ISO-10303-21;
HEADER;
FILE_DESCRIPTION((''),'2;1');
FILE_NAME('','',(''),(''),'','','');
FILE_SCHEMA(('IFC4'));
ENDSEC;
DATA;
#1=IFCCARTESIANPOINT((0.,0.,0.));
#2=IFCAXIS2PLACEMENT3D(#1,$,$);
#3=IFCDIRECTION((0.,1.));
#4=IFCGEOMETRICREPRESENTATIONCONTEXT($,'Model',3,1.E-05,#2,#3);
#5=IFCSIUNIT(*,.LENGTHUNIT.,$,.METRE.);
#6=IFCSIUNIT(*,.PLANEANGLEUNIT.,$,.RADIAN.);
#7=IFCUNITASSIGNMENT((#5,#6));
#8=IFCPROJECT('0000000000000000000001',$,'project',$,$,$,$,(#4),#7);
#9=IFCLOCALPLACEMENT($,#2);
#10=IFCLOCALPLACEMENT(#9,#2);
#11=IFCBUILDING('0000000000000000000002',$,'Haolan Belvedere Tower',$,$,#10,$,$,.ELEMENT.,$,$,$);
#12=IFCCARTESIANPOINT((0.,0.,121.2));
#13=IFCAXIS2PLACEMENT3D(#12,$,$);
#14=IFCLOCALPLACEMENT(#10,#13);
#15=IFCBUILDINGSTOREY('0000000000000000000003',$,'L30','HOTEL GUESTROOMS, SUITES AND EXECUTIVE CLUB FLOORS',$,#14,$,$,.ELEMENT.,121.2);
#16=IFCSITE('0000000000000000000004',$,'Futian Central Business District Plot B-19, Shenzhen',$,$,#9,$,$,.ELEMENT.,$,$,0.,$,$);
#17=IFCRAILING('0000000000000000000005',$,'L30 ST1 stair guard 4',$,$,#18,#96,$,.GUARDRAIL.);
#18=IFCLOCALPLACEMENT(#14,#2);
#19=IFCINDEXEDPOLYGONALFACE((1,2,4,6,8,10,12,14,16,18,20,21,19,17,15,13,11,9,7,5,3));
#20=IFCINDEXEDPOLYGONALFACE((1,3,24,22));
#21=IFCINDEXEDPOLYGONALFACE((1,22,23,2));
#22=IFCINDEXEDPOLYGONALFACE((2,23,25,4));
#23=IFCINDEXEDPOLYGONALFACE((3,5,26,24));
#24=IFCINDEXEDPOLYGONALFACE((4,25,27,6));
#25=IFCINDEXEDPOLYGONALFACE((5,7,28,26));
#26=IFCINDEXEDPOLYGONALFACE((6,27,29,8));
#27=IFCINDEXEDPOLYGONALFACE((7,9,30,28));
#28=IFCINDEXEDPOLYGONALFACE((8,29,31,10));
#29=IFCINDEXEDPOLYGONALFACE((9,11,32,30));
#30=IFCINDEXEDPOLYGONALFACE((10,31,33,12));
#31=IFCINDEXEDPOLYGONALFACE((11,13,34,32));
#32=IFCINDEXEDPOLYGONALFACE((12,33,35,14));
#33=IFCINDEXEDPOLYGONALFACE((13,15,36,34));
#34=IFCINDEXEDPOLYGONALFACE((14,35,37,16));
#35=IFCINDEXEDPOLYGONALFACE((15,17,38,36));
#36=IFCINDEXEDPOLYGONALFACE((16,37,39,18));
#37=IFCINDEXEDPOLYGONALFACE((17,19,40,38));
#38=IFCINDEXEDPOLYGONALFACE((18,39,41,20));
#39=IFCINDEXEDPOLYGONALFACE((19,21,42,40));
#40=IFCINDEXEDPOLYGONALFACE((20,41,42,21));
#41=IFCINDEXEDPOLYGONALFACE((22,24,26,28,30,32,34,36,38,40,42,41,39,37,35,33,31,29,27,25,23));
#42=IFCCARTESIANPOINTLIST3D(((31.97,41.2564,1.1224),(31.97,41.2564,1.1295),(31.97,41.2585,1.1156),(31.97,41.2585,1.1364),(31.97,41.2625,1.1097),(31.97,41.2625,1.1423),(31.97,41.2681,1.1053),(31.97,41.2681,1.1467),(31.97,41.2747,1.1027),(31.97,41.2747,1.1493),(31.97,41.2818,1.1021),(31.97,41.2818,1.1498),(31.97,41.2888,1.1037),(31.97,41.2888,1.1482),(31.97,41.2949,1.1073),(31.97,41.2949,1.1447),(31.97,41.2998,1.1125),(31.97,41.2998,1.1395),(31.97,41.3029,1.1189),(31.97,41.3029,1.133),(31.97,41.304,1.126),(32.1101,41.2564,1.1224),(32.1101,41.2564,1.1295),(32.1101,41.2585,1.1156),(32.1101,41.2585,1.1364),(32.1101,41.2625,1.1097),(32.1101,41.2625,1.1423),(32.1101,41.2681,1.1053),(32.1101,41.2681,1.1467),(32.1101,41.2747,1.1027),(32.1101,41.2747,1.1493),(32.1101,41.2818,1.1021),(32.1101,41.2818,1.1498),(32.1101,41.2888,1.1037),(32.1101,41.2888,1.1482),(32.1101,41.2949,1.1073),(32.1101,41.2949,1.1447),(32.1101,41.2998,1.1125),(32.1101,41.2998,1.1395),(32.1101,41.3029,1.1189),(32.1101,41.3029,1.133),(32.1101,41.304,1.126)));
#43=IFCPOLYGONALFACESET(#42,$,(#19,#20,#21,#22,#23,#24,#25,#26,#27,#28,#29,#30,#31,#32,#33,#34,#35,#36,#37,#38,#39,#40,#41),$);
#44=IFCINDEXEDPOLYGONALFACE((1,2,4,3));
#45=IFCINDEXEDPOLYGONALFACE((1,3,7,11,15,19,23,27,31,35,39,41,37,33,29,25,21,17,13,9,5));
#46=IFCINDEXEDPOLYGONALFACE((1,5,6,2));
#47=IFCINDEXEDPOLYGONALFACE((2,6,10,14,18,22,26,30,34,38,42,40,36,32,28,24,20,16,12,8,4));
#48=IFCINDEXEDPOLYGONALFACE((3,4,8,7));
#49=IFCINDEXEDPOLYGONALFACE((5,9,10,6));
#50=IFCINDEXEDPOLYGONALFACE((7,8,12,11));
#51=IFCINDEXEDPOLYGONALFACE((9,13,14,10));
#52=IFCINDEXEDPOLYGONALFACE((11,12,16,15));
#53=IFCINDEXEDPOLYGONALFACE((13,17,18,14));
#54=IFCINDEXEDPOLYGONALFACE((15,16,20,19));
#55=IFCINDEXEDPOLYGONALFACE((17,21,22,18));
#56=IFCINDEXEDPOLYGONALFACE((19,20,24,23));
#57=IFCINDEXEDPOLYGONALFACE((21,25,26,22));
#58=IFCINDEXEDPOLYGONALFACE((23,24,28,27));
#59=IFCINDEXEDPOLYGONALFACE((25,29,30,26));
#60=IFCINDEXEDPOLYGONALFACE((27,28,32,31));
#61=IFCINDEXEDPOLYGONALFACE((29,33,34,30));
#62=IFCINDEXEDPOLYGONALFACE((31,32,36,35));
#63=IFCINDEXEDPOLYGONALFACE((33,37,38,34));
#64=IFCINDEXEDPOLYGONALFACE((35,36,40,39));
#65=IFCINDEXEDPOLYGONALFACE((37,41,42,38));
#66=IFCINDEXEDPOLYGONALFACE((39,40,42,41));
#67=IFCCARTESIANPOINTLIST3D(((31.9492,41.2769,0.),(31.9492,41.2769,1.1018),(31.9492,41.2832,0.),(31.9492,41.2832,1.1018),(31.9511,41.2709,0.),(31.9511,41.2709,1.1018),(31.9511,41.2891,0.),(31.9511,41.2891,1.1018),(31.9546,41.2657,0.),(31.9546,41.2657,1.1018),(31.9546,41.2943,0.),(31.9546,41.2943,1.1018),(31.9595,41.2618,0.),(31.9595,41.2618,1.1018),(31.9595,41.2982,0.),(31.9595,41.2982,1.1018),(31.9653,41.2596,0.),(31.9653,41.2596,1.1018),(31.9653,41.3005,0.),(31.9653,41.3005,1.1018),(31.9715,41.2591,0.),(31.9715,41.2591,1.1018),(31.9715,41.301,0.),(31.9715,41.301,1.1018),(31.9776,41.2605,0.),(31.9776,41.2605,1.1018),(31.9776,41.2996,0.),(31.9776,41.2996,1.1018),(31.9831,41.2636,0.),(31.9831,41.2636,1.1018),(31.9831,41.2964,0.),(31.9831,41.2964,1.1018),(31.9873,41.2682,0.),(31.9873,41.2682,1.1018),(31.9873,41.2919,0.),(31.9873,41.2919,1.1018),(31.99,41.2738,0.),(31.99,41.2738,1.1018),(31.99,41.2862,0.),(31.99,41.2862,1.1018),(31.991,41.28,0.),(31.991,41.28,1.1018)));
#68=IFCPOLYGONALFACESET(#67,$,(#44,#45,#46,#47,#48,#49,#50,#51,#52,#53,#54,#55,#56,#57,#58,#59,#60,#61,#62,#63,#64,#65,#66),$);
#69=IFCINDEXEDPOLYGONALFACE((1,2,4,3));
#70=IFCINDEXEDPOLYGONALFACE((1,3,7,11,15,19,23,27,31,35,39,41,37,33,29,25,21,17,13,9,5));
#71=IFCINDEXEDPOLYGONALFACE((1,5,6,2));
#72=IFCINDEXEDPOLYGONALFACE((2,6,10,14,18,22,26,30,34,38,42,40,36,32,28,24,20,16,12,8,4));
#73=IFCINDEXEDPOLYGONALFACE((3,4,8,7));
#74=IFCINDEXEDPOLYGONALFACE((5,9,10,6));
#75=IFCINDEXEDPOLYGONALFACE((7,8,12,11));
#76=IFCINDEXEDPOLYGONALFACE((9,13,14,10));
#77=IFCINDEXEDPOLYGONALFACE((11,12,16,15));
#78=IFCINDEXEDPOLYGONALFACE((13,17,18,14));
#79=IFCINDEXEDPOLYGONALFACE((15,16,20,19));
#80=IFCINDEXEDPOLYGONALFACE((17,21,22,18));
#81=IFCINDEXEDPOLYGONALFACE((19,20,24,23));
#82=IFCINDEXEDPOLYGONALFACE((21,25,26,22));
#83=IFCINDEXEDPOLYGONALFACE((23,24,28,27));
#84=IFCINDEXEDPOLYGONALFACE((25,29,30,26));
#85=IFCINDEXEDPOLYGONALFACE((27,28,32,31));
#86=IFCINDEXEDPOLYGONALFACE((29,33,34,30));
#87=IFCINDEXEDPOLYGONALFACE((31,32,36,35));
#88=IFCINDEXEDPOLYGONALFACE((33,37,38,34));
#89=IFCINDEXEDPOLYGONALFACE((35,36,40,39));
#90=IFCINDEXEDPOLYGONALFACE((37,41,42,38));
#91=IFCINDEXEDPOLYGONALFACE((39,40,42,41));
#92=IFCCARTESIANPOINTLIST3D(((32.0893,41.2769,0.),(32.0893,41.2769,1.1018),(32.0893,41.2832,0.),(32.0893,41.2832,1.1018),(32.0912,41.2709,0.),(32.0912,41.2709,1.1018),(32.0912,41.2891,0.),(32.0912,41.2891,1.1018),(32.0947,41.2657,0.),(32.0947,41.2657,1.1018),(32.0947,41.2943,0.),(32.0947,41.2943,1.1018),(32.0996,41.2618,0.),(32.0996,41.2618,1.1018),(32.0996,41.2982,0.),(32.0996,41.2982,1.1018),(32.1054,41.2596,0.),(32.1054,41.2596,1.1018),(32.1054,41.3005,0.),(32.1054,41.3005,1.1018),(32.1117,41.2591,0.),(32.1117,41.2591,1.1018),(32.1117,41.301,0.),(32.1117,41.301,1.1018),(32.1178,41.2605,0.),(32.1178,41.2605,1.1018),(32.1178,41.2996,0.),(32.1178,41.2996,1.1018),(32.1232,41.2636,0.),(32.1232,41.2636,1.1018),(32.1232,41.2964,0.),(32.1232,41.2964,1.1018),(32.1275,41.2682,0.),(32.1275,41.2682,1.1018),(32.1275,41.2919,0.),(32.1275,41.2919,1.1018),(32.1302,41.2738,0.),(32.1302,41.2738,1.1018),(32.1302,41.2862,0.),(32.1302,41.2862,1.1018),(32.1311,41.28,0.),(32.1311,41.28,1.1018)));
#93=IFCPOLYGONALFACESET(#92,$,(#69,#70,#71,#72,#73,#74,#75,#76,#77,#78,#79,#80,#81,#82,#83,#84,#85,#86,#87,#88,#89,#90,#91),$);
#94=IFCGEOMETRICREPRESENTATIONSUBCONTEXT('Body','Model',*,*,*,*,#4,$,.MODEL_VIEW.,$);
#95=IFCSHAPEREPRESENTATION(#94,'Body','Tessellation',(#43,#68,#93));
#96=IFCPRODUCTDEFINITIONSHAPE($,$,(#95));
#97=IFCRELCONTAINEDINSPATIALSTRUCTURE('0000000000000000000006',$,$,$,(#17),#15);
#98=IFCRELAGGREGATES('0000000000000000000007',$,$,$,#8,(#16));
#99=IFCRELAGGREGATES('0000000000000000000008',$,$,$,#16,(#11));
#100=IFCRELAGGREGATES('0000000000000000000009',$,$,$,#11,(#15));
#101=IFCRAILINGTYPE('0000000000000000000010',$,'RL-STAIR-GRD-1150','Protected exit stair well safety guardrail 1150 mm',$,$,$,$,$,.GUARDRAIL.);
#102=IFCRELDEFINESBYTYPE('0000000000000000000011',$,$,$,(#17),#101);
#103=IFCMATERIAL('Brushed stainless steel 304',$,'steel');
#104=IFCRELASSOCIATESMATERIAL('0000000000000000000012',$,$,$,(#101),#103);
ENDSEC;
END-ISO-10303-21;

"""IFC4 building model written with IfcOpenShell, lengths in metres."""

from ifc_helpers import new_model, si_unit, direction, frame, origin, origin_2d, place, context, subcontext, project, spatial, circle, extrude, material, type_object, element, save


model = new_model("IFC4")

# Units and contexts
model_context = context("Model", 3, precision=1e-05, world=origin(), true_north=direction((0.0, 1.0)))
body_context = subcontext(model_context, "Body", "Model", "MODEL_VIEW")
ifc_project = project(units=[si_unit("LENGTHUNIT", "METRE"), si_unit("PLANEANGLEUNIT", "RADIAN")], contexts=[model_context])

# Site, building, storey
site_placement = place(None, origin())
site = spatial("IfcSite", under=ifc_project, at=site_placement, Name="Futian Central Business District Plot B-19, Shenzhen", CompositionType="ELEMENT", RefElevation=0.0)
building_placement = place(site_placement, origin())
building = spatial("IfcBuilding", under=site, at=building_placement, Name="Haolan Belvedere Tower", CompositionType="ELEMENT")
storey_placement = place(building_placement, frame((0.0, 0.0, 121.2)))
storey = spatial("IfcBuildingStorey", under=building, at=storey_placement, Name="L30", Description="HOTEL GUESTROOMS, SUITES AND EXECUTIVE CLUB FLOORS", CompositionType="ELEMENT", Elevation=121.2)

# Railing
ifc_material_1 = material(Name="Brushed stainless steel 304", Category="steel")
railing_type = type_object("IfcRailingType", Name="RL-STAIR-GRD-1150", Description="Protected exit stair well safety guardrail 1150 mm", PredefinedType="GUARDRAIL", material=ifc_material_1)
railing_1_placement = place(storey_placement, frame((31.97, 41.28, 0.0)))
element("IfcRailing", 1, at=railing_1_placement, inside=storey, type_object=railing_type, Name="L30 ST1 stair guard 4", PredefinedType="GUARDRAIL", context=body_context, shape_type="SweptSolid", body=[
    extrude(circle(Radius=0.0239, at=origin_2d()), frame((0.0, 0.0, 1.126), z_axis=(1.0, 0.0, 0.0), x_axis=(0.0, 1.0, 0.0)), (0.0, 0.0, 1.0), 0.1401),
    extrude(circle(Radius=0.021, at=origin_2d()), origin(), (0.0, 0.0, 1.0), 1.1018),
    extrude(circle(Radius=0.021, at=origin_2d()), frame((0.1401, 0.0, 0.0)), (0.0, 0.0, 1.0), 1.1018),
])

save(model, "model.ifc")
